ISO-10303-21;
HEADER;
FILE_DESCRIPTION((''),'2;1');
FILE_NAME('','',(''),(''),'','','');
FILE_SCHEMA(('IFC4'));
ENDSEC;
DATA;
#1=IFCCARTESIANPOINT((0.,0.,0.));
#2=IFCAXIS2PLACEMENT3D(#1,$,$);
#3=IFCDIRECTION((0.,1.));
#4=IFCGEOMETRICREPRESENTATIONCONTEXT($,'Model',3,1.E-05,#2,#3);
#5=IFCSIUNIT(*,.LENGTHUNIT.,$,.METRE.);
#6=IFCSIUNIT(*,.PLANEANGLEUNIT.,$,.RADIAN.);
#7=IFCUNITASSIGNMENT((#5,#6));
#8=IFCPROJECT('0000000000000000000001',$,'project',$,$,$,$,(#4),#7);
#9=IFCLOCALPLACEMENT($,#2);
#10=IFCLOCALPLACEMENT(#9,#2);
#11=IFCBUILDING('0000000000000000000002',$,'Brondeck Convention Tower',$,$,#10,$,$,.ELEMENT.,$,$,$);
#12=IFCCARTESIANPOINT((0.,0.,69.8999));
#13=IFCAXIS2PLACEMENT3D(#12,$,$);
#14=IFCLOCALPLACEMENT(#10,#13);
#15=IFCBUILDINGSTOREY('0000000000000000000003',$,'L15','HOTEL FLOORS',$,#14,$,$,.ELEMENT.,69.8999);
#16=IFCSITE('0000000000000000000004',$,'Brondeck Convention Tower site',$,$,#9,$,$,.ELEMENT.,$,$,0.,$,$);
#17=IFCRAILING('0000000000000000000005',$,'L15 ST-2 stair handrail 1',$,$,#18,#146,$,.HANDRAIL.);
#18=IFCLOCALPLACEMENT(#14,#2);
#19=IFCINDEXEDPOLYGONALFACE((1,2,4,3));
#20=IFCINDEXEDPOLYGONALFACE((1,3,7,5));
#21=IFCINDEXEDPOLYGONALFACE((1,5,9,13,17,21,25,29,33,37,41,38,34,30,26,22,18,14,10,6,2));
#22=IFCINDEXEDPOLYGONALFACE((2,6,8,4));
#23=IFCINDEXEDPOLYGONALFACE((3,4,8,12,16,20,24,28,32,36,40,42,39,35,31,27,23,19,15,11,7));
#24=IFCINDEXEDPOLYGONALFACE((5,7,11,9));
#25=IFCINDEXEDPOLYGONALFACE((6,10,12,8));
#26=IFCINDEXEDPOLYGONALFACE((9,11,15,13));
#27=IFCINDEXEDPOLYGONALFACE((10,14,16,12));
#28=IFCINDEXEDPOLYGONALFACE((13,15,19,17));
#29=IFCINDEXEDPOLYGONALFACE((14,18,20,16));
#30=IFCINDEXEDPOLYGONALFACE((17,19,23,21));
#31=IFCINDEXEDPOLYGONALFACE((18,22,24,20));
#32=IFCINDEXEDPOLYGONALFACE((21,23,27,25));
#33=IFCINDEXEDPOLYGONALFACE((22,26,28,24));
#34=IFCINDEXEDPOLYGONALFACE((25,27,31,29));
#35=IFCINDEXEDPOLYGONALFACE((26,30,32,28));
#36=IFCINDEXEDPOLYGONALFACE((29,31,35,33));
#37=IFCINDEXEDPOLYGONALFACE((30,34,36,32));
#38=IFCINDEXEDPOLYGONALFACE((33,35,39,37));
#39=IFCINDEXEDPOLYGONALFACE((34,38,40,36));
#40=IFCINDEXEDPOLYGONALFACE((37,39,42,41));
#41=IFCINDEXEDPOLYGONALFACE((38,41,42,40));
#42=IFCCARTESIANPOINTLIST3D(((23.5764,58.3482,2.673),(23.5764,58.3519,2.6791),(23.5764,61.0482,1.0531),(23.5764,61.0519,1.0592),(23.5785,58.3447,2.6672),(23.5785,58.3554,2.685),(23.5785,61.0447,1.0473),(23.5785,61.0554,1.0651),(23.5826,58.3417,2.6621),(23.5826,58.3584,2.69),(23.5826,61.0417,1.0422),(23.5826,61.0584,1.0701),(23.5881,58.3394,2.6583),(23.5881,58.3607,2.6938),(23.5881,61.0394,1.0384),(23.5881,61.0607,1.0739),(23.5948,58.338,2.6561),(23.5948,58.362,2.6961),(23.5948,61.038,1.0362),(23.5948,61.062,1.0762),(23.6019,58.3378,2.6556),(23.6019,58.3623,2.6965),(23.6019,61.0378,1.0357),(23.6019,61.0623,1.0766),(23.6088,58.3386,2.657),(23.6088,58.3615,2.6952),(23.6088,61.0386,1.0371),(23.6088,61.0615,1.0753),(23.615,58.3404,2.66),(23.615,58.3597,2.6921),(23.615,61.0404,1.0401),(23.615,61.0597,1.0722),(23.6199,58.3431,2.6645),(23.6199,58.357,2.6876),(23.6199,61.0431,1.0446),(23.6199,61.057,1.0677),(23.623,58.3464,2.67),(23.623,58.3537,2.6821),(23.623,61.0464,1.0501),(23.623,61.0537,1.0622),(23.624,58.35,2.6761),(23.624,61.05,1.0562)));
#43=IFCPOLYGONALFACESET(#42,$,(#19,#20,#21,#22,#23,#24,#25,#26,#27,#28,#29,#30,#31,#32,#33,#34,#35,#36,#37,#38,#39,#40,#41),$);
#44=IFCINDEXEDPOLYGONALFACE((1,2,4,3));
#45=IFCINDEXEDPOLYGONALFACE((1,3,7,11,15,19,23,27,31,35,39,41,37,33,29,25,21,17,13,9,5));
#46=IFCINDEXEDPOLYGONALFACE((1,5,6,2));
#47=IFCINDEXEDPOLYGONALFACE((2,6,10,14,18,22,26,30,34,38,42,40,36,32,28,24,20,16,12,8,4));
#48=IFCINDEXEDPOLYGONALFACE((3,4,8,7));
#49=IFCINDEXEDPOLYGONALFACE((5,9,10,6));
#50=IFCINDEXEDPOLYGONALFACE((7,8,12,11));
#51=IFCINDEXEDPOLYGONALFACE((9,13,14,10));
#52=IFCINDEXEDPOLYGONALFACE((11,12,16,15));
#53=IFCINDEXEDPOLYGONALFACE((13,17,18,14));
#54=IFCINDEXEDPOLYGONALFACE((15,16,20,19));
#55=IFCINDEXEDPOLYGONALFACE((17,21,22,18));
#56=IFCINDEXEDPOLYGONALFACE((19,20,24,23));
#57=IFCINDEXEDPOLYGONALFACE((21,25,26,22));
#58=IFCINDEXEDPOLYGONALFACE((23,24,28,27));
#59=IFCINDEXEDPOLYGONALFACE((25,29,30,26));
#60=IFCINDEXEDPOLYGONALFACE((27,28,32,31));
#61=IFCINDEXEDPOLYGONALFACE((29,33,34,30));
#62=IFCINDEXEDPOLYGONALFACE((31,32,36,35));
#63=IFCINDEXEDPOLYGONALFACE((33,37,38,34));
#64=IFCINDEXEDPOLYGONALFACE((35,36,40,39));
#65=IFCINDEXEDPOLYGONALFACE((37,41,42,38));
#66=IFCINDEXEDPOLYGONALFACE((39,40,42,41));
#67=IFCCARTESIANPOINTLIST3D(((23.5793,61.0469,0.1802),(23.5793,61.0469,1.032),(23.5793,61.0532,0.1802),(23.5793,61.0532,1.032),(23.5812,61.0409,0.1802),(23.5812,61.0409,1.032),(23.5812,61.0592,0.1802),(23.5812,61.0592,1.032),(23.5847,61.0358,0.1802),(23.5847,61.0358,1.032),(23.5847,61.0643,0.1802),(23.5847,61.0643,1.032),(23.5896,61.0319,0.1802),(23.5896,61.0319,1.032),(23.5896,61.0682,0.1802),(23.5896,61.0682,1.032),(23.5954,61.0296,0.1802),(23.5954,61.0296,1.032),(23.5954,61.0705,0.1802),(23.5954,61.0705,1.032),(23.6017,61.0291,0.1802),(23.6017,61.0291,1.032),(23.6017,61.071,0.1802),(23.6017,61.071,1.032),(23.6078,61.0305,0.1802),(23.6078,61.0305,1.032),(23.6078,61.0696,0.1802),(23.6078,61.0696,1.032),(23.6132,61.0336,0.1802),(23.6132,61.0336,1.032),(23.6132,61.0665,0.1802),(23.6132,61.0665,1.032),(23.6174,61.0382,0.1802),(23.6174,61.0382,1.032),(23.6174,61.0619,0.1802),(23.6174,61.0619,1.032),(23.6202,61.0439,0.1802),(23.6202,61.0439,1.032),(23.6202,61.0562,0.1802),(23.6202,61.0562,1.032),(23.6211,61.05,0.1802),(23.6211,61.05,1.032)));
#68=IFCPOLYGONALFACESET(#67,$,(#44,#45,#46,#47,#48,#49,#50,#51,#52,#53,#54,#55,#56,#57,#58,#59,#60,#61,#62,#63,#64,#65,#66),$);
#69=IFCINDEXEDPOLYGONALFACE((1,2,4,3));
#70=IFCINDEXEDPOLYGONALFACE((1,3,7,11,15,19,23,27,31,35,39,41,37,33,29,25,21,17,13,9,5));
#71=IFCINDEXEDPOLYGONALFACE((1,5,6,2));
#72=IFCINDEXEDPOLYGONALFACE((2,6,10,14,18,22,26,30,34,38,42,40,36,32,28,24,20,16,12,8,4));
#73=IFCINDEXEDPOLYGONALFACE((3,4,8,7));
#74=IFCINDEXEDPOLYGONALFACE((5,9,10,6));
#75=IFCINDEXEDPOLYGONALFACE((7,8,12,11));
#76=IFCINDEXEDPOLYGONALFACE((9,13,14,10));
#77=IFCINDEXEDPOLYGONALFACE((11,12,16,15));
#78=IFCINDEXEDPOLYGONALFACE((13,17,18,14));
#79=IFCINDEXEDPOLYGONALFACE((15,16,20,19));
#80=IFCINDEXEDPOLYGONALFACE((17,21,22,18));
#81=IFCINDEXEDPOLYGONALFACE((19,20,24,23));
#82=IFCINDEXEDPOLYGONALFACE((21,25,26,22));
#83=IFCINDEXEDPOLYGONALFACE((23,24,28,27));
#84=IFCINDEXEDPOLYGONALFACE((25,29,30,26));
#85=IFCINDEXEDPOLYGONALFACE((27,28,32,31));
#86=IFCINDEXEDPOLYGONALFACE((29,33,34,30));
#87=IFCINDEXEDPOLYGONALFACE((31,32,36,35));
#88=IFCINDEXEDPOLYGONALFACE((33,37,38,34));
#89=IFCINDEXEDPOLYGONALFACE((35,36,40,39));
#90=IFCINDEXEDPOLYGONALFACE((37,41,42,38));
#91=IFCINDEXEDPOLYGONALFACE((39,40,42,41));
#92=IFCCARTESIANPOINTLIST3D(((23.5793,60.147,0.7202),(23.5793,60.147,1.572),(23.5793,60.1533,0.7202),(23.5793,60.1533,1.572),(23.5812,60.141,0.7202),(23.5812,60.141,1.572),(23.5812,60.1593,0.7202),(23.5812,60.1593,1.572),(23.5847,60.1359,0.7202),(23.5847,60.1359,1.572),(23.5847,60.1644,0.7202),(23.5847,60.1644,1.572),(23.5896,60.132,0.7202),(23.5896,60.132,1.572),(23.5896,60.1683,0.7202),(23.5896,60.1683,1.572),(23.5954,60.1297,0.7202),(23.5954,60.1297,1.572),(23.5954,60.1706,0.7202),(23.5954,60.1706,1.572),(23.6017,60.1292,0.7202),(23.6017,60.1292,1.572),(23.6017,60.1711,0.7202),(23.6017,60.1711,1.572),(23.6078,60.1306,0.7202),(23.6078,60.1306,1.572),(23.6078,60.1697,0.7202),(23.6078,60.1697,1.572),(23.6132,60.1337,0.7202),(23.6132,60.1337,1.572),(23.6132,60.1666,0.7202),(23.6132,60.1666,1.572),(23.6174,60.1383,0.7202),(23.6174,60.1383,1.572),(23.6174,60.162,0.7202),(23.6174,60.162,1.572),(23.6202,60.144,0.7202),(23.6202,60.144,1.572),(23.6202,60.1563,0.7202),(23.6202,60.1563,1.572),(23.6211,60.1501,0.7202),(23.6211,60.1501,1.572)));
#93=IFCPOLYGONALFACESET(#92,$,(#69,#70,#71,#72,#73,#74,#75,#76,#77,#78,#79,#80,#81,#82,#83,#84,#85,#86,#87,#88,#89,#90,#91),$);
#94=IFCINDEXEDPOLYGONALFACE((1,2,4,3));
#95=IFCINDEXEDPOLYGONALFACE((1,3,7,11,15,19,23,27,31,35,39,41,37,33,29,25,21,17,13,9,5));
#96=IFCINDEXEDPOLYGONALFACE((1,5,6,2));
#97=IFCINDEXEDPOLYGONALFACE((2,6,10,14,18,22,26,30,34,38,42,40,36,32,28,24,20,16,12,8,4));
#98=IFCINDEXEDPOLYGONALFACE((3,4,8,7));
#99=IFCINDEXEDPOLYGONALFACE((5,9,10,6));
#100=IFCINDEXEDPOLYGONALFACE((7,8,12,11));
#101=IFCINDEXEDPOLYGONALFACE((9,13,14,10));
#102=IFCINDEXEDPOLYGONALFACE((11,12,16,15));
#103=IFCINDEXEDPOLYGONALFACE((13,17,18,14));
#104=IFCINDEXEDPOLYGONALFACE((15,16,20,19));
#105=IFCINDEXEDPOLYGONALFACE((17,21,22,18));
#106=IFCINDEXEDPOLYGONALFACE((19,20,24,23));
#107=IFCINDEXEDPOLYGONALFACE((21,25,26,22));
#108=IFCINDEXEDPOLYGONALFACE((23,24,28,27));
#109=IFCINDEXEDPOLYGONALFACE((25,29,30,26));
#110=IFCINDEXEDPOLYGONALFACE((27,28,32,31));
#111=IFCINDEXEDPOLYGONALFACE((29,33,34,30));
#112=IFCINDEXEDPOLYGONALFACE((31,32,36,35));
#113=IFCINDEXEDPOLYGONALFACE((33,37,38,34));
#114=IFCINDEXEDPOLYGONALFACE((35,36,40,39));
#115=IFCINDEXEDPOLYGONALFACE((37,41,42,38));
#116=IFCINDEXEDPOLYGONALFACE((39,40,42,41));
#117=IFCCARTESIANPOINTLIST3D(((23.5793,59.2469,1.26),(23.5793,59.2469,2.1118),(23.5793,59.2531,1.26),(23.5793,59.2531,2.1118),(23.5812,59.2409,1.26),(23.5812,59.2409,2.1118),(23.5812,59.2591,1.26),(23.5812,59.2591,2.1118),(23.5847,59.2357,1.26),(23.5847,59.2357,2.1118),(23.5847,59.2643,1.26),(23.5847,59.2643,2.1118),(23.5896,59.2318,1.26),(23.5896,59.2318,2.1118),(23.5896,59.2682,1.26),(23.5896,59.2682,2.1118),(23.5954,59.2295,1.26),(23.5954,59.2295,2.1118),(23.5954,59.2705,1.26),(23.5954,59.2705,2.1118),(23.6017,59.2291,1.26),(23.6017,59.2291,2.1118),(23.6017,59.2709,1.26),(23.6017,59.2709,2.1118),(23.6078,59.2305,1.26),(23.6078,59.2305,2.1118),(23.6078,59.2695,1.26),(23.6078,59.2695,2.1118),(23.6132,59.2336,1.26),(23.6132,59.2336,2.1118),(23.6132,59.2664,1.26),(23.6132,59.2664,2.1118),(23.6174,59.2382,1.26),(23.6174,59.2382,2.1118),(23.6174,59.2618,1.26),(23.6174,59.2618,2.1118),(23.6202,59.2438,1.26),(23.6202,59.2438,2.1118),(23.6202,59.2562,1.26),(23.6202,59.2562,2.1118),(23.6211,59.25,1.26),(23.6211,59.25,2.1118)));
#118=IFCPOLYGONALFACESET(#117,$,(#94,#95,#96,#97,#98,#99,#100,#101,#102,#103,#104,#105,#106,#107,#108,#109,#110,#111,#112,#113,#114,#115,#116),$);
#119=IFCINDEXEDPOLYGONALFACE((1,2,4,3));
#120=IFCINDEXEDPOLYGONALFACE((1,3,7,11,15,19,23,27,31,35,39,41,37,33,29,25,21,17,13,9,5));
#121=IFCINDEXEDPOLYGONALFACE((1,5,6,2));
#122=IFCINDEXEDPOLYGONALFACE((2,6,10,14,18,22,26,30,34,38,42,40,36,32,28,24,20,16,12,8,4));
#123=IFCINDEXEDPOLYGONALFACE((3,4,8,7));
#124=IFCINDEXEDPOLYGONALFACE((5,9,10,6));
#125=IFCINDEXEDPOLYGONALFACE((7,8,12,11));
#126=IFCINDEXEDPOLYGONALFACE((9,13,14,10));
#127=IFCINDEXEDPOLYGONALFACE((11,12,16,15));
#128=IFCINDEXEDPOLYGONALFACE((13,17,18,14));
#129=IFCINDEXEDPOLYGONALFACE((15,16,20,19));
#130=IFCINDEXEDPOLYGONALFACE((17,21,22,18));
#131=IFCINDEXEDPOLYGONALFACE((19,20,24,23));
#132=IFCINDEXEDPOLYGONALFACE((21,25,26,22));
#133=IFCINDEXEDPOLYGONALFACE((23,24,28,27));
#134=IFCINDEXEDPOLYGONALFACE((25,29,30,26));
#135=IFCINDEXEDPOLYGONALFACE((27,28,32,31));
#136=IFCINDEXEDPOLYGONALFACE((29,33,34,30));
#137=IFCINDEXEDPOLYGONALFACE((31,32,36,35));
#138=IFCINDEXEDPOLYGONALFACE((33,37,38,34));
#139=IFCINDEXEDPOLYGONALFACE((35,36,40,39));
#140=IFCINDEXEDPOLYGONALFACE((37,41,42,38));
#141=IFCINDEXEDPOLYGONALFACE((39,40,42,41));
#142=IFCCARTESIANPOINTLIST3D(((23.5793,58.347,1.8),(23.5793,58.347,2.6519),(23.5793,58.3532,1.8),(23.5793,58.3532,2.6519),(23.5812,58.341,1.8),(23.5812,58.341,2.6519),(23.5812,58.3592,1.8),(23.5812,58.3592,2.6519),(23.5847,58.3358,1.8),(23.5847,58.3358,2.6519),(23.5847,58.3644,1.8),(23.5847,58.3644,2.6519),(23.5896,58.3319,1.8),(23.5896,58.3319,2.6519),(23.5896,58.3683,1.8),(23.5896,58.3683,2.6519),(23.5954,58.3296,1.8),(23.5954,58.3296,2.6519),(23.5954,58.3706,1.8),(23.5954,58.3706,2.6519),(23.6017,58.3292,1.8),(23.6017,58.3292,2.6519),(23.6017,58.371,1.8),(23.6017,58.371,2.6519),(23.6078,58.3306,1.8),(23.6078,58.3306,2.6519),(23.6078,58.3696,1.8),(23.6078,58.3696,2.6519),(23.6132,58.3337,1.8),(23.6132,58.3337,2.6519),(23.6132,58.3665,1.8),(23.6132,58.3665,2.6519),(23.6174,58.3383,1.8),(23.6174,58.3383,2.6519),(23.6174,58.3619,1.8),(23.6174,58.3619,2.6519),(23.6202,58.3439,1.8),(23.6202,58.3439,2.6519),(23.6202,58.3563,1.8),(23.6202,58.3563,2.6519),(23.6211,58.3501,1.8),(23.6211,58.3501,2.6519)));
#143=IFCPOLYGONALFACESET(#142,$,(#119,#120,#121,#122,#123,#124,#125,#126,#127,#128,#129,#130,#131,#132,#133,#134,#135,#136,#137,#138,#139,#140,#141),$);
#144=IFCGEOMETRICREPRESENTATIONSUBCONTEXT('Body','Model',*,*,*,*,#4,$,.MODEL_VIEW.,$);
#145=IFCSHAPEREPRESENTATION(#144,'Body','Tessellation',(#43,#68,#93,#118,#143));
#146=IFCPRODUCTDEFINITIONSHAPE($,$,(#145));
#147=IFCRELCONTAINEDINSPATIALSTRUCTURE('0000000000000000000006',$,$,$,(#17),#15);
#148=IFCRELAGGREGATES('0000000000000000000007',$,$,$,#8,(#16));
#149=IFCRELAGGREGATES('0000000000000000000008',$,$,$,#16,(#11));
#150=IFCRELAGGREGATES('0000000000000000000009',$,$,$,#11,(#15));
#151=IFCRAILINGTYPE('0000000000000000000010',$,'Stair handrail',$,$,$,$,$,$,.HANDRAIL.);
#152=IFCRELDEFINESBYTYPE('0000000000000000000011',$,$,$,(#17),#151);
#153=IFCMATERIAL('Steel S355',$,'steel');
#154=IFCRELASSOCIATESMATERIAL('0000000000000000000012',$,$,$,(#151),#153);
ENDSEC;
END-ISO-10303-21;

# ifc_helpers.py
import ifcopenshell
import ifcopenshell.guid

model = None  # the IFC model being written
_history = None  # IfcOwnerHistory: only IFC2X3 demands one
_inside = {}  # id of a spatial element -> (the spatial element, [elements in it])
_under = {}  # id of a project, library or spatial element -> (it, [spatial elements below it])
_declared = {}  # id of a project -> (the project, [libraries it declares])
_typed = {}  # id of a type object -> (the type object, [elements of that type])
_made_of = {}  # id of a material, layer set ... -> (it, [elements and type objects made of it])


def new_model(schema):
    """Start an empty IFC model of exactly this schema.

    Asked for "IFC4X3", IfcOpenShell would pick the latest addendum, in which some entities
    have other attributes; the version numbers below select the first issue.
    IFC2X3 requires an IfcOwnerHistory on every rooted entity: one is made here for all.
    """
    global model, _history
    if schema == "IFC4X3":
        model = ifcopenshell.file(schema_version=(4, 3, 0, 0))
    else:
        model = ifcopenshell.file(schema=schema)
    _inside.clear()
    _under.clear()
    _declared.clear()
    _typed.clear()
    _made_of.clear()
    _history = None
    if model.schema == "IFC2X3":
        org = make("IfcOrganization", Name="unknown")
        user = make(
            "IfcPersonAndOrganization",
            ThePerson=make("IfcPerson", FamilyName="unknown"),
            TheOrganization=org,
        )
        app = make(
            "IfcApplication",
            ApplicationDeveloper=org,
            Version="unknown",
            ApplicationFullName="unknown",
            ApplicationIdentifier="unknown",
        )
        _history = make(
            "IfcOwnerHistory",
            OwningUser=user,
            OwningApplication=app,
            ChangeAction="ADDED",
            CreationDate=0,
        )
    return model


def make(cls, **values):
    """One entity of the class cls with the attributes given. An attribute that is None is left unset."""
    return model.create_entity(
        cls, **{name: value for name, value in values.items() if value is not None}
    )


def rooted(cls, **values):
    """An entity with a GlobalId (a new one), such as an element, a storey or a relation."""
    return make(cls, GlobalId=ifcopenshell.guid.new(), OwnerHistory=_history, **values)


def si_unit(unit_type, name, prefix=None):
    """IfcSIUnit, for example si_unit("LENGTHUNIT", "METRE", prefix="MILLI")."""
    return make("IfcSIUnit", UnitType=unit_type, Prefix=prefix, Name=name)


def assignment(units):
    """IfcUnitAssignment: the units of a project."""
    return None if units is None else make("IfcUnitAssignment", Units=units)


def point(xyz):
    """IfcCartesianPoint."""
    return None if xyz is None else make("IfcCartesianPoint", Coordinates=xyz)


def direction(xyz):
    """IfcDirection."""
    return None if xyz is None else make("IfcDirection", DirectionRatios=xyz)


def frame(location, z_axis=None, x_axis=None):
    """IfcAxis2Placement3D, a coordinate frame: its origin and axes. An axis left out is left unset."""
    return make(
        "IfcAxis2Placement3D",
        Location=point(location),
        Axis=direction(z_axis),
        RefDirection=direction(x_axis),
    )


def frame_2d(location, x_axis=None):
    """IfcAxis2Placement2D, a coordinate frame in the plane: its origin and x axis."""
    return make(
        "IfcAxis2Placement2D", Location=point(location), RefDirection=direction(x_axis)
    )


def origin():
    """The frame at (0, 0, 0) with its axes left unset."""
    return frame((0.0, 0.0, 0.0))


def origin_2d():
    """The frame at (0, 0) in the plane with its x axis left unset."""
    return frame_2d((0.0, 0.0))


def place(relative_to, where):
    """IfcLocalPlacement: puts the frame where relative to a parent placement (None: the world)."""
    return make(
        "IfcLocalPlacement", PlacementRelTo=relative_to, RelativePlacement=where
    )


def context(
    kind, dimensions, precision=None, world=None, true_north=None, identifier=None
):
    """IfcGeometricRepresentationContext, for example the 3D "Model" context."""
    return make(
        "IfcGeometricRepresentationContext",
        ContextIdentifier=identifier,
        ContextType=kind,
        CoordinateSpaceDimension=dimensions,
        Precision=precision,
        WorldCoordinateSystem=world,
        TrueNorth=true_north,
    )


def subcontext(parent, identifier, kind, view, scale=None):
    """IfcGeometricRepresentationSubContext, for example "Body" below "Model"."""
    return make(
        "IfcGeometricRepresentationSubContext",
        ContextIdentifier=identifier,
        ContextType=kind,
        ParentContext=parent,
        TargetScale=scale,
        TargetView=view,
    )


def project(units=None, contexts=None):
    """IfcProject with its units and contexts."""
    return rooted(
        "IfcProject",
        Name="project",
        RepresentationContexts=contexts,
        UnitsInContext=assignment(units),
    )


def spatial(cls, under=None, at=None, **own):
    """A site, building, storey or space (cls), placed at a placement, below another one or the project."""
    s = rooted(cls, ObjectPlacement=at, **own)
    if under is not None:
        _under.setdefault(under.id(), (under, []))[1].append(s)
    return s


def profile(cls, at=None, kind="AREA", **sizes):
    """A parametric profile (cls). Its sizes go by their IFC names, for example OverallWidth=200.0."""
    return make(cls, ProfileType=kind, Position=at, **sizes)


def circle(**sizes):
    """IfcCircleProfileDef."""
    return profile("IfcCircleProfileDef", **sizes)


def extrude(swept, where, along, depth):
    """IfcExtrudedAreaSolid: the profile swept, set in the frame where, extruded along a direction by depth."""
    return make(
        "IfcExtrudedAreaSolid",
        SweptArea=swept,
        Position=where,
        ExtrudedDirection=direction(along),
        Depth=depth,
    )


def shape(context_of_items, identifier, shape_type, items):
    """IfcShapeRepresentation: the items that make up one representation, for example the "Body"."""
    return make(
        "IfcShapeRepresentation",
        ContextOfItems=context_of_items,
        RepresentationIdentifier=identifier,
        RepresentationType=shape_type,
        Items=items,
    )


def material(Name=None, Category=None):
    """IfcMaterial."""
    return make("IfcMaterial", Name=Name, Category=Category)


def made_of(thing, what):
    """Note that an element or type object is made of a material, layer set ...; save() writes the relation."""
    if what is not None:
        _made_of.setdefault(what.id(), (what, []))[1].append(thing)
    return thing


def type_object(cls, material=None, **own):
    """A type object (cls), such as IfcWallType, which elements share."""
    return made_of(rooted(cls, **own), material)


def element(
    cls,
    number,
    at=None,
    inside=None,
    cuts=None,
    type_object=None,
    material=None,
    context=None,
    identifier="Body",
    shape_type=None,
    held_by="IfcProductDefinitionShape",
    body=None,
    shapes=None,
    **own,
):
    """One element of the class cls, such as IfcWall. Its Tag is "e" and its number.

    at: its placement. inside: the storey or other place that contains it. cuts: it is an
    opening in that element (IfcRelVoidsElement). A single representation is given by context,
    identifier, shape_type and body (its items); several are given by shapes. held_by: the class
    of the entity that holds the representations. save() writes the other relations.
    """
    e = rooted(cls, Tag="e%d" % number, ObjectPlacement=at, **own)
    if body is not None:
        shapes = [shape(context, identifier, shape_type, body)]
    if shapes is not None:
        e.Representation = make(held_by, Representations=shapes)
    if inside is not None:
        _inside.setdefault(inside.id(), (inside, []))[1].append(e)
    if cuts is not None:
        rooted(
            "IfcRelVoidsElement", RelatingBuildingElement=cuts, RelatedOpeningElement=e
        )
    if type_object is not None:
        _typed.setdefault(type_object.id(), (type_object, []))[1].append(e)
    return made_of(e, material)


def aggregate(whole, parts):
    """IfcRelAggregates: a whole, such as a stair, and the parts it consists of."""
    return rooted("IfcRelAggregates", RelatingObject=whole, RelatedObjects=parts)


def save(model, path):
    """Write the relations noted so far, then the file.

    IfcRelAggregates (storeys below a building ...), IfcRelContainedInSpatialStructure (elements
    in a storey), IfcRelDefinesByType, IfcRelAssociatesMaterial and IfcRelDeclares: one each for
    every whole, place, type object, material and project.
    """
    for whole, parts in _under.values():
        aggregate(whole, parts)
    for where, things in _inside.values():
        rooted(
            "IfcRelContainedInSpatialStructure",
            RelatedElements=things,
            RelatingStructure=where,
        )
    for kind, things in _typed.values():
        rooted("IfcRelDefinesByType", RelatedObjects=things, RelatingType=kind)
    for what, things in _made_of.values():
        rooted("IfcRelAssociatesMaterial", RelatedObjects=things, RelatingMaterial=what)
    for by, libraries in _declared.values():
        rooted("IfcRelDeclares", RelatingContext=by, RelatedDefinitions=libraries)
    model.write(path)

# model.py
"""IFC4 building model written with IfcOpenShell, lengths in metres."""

from ifc_helpers import new_model, si_unit, direction, frame, origin, origin_2d, place, context, subcontext, project, spatial, circle, extrude, material, type_object, element, save


model = new_model("IFC4")

# Units and contexts
model_context = context("Model", 3, precision=1e-05, world=origin(), true_north=direction((0.0, 1.0)))
body_context = subcontext(model_context, "Body", "Model", "MODEL_VIEW")
ifc_project = project(units=[si_unit("LENGTHUNIT", "METRE"), si_unit("PLANEANGLEUNIT", "RADIAN")], contexts=[model_context])

# Site, building, storey
site_placement = place(None, origin())
site = spatial("IfcSite", under=ifc_project, at=site_placement, Name="Brondeck Convention Tower site", CompositionType="ELEMENT", RefElevation=0.0)
building_placement = place(site_placement, origin())
building = spatial("IfcBuilding", under=site, at=building_placement, Name="Brondeck Convention Tower", CompositionType="ELEMENT")
storey_placement = place(building_placement, frame((0.0, 0.0, 69.8999)))
storey = spatial("IfcBuildingStorey", under=building, at=storey_placement, Name="L15", Description="HOTEL FLOORS", CompositionType="ELEMENT", Elevation=69.8999)

# Railing
ifc_material_1 = material(Name="Steel S355", Category="steel")
railing_type_1 = type_object("IfcRailingType", Name="Stair handrail", PredefinedType="HANDRAIL", material=ifc_material_1)
railing_1_placement = place(storey_placement, frame((23.6001, 61.05, 0.1802)))
element("IfcRailing", 1, at=railing_1_placement, inside=storey, type_object=railing_type_1, Name="L15 ST-2 stair handrail 1", PredefinedType="HANDRAIL", context=body_context, shape_type="SweptSolid", body=[
    extrude(circle(Radius=0.0239, at=origin_2d()), frame((0.0, 0.0, 0.876), z_axis=(0.0, -0.857507, 0.514473), x_axis=(1.0, 0.0, 0.0)), (0.0, 0.0, 1.0), 3.1487),
    extrude(circle(Radius=0.021, at=origin_2d()), origin(), (0.0, 0.0, 1.0), 0.8518),
    extrude(circle(Radius=0.021, at=origin_2d()), frame((0.0, -0.8999, 0.54)), (0.0, 0.0, 1.0), 0.8518),
    extrude(circle(Radius=0.021, at=origin_2d()), frame((0.0, -1.8, 1.0798)), (0.0, 0.0, 1.0), 0.8518),
    extrude(circle(Radius=0.021, at=origin_2d()), frame((0.0, -2.7, 1.6199)), (0.0, 0.0, 1.0), 0.8518),
])

save(model, "model.ifc")
